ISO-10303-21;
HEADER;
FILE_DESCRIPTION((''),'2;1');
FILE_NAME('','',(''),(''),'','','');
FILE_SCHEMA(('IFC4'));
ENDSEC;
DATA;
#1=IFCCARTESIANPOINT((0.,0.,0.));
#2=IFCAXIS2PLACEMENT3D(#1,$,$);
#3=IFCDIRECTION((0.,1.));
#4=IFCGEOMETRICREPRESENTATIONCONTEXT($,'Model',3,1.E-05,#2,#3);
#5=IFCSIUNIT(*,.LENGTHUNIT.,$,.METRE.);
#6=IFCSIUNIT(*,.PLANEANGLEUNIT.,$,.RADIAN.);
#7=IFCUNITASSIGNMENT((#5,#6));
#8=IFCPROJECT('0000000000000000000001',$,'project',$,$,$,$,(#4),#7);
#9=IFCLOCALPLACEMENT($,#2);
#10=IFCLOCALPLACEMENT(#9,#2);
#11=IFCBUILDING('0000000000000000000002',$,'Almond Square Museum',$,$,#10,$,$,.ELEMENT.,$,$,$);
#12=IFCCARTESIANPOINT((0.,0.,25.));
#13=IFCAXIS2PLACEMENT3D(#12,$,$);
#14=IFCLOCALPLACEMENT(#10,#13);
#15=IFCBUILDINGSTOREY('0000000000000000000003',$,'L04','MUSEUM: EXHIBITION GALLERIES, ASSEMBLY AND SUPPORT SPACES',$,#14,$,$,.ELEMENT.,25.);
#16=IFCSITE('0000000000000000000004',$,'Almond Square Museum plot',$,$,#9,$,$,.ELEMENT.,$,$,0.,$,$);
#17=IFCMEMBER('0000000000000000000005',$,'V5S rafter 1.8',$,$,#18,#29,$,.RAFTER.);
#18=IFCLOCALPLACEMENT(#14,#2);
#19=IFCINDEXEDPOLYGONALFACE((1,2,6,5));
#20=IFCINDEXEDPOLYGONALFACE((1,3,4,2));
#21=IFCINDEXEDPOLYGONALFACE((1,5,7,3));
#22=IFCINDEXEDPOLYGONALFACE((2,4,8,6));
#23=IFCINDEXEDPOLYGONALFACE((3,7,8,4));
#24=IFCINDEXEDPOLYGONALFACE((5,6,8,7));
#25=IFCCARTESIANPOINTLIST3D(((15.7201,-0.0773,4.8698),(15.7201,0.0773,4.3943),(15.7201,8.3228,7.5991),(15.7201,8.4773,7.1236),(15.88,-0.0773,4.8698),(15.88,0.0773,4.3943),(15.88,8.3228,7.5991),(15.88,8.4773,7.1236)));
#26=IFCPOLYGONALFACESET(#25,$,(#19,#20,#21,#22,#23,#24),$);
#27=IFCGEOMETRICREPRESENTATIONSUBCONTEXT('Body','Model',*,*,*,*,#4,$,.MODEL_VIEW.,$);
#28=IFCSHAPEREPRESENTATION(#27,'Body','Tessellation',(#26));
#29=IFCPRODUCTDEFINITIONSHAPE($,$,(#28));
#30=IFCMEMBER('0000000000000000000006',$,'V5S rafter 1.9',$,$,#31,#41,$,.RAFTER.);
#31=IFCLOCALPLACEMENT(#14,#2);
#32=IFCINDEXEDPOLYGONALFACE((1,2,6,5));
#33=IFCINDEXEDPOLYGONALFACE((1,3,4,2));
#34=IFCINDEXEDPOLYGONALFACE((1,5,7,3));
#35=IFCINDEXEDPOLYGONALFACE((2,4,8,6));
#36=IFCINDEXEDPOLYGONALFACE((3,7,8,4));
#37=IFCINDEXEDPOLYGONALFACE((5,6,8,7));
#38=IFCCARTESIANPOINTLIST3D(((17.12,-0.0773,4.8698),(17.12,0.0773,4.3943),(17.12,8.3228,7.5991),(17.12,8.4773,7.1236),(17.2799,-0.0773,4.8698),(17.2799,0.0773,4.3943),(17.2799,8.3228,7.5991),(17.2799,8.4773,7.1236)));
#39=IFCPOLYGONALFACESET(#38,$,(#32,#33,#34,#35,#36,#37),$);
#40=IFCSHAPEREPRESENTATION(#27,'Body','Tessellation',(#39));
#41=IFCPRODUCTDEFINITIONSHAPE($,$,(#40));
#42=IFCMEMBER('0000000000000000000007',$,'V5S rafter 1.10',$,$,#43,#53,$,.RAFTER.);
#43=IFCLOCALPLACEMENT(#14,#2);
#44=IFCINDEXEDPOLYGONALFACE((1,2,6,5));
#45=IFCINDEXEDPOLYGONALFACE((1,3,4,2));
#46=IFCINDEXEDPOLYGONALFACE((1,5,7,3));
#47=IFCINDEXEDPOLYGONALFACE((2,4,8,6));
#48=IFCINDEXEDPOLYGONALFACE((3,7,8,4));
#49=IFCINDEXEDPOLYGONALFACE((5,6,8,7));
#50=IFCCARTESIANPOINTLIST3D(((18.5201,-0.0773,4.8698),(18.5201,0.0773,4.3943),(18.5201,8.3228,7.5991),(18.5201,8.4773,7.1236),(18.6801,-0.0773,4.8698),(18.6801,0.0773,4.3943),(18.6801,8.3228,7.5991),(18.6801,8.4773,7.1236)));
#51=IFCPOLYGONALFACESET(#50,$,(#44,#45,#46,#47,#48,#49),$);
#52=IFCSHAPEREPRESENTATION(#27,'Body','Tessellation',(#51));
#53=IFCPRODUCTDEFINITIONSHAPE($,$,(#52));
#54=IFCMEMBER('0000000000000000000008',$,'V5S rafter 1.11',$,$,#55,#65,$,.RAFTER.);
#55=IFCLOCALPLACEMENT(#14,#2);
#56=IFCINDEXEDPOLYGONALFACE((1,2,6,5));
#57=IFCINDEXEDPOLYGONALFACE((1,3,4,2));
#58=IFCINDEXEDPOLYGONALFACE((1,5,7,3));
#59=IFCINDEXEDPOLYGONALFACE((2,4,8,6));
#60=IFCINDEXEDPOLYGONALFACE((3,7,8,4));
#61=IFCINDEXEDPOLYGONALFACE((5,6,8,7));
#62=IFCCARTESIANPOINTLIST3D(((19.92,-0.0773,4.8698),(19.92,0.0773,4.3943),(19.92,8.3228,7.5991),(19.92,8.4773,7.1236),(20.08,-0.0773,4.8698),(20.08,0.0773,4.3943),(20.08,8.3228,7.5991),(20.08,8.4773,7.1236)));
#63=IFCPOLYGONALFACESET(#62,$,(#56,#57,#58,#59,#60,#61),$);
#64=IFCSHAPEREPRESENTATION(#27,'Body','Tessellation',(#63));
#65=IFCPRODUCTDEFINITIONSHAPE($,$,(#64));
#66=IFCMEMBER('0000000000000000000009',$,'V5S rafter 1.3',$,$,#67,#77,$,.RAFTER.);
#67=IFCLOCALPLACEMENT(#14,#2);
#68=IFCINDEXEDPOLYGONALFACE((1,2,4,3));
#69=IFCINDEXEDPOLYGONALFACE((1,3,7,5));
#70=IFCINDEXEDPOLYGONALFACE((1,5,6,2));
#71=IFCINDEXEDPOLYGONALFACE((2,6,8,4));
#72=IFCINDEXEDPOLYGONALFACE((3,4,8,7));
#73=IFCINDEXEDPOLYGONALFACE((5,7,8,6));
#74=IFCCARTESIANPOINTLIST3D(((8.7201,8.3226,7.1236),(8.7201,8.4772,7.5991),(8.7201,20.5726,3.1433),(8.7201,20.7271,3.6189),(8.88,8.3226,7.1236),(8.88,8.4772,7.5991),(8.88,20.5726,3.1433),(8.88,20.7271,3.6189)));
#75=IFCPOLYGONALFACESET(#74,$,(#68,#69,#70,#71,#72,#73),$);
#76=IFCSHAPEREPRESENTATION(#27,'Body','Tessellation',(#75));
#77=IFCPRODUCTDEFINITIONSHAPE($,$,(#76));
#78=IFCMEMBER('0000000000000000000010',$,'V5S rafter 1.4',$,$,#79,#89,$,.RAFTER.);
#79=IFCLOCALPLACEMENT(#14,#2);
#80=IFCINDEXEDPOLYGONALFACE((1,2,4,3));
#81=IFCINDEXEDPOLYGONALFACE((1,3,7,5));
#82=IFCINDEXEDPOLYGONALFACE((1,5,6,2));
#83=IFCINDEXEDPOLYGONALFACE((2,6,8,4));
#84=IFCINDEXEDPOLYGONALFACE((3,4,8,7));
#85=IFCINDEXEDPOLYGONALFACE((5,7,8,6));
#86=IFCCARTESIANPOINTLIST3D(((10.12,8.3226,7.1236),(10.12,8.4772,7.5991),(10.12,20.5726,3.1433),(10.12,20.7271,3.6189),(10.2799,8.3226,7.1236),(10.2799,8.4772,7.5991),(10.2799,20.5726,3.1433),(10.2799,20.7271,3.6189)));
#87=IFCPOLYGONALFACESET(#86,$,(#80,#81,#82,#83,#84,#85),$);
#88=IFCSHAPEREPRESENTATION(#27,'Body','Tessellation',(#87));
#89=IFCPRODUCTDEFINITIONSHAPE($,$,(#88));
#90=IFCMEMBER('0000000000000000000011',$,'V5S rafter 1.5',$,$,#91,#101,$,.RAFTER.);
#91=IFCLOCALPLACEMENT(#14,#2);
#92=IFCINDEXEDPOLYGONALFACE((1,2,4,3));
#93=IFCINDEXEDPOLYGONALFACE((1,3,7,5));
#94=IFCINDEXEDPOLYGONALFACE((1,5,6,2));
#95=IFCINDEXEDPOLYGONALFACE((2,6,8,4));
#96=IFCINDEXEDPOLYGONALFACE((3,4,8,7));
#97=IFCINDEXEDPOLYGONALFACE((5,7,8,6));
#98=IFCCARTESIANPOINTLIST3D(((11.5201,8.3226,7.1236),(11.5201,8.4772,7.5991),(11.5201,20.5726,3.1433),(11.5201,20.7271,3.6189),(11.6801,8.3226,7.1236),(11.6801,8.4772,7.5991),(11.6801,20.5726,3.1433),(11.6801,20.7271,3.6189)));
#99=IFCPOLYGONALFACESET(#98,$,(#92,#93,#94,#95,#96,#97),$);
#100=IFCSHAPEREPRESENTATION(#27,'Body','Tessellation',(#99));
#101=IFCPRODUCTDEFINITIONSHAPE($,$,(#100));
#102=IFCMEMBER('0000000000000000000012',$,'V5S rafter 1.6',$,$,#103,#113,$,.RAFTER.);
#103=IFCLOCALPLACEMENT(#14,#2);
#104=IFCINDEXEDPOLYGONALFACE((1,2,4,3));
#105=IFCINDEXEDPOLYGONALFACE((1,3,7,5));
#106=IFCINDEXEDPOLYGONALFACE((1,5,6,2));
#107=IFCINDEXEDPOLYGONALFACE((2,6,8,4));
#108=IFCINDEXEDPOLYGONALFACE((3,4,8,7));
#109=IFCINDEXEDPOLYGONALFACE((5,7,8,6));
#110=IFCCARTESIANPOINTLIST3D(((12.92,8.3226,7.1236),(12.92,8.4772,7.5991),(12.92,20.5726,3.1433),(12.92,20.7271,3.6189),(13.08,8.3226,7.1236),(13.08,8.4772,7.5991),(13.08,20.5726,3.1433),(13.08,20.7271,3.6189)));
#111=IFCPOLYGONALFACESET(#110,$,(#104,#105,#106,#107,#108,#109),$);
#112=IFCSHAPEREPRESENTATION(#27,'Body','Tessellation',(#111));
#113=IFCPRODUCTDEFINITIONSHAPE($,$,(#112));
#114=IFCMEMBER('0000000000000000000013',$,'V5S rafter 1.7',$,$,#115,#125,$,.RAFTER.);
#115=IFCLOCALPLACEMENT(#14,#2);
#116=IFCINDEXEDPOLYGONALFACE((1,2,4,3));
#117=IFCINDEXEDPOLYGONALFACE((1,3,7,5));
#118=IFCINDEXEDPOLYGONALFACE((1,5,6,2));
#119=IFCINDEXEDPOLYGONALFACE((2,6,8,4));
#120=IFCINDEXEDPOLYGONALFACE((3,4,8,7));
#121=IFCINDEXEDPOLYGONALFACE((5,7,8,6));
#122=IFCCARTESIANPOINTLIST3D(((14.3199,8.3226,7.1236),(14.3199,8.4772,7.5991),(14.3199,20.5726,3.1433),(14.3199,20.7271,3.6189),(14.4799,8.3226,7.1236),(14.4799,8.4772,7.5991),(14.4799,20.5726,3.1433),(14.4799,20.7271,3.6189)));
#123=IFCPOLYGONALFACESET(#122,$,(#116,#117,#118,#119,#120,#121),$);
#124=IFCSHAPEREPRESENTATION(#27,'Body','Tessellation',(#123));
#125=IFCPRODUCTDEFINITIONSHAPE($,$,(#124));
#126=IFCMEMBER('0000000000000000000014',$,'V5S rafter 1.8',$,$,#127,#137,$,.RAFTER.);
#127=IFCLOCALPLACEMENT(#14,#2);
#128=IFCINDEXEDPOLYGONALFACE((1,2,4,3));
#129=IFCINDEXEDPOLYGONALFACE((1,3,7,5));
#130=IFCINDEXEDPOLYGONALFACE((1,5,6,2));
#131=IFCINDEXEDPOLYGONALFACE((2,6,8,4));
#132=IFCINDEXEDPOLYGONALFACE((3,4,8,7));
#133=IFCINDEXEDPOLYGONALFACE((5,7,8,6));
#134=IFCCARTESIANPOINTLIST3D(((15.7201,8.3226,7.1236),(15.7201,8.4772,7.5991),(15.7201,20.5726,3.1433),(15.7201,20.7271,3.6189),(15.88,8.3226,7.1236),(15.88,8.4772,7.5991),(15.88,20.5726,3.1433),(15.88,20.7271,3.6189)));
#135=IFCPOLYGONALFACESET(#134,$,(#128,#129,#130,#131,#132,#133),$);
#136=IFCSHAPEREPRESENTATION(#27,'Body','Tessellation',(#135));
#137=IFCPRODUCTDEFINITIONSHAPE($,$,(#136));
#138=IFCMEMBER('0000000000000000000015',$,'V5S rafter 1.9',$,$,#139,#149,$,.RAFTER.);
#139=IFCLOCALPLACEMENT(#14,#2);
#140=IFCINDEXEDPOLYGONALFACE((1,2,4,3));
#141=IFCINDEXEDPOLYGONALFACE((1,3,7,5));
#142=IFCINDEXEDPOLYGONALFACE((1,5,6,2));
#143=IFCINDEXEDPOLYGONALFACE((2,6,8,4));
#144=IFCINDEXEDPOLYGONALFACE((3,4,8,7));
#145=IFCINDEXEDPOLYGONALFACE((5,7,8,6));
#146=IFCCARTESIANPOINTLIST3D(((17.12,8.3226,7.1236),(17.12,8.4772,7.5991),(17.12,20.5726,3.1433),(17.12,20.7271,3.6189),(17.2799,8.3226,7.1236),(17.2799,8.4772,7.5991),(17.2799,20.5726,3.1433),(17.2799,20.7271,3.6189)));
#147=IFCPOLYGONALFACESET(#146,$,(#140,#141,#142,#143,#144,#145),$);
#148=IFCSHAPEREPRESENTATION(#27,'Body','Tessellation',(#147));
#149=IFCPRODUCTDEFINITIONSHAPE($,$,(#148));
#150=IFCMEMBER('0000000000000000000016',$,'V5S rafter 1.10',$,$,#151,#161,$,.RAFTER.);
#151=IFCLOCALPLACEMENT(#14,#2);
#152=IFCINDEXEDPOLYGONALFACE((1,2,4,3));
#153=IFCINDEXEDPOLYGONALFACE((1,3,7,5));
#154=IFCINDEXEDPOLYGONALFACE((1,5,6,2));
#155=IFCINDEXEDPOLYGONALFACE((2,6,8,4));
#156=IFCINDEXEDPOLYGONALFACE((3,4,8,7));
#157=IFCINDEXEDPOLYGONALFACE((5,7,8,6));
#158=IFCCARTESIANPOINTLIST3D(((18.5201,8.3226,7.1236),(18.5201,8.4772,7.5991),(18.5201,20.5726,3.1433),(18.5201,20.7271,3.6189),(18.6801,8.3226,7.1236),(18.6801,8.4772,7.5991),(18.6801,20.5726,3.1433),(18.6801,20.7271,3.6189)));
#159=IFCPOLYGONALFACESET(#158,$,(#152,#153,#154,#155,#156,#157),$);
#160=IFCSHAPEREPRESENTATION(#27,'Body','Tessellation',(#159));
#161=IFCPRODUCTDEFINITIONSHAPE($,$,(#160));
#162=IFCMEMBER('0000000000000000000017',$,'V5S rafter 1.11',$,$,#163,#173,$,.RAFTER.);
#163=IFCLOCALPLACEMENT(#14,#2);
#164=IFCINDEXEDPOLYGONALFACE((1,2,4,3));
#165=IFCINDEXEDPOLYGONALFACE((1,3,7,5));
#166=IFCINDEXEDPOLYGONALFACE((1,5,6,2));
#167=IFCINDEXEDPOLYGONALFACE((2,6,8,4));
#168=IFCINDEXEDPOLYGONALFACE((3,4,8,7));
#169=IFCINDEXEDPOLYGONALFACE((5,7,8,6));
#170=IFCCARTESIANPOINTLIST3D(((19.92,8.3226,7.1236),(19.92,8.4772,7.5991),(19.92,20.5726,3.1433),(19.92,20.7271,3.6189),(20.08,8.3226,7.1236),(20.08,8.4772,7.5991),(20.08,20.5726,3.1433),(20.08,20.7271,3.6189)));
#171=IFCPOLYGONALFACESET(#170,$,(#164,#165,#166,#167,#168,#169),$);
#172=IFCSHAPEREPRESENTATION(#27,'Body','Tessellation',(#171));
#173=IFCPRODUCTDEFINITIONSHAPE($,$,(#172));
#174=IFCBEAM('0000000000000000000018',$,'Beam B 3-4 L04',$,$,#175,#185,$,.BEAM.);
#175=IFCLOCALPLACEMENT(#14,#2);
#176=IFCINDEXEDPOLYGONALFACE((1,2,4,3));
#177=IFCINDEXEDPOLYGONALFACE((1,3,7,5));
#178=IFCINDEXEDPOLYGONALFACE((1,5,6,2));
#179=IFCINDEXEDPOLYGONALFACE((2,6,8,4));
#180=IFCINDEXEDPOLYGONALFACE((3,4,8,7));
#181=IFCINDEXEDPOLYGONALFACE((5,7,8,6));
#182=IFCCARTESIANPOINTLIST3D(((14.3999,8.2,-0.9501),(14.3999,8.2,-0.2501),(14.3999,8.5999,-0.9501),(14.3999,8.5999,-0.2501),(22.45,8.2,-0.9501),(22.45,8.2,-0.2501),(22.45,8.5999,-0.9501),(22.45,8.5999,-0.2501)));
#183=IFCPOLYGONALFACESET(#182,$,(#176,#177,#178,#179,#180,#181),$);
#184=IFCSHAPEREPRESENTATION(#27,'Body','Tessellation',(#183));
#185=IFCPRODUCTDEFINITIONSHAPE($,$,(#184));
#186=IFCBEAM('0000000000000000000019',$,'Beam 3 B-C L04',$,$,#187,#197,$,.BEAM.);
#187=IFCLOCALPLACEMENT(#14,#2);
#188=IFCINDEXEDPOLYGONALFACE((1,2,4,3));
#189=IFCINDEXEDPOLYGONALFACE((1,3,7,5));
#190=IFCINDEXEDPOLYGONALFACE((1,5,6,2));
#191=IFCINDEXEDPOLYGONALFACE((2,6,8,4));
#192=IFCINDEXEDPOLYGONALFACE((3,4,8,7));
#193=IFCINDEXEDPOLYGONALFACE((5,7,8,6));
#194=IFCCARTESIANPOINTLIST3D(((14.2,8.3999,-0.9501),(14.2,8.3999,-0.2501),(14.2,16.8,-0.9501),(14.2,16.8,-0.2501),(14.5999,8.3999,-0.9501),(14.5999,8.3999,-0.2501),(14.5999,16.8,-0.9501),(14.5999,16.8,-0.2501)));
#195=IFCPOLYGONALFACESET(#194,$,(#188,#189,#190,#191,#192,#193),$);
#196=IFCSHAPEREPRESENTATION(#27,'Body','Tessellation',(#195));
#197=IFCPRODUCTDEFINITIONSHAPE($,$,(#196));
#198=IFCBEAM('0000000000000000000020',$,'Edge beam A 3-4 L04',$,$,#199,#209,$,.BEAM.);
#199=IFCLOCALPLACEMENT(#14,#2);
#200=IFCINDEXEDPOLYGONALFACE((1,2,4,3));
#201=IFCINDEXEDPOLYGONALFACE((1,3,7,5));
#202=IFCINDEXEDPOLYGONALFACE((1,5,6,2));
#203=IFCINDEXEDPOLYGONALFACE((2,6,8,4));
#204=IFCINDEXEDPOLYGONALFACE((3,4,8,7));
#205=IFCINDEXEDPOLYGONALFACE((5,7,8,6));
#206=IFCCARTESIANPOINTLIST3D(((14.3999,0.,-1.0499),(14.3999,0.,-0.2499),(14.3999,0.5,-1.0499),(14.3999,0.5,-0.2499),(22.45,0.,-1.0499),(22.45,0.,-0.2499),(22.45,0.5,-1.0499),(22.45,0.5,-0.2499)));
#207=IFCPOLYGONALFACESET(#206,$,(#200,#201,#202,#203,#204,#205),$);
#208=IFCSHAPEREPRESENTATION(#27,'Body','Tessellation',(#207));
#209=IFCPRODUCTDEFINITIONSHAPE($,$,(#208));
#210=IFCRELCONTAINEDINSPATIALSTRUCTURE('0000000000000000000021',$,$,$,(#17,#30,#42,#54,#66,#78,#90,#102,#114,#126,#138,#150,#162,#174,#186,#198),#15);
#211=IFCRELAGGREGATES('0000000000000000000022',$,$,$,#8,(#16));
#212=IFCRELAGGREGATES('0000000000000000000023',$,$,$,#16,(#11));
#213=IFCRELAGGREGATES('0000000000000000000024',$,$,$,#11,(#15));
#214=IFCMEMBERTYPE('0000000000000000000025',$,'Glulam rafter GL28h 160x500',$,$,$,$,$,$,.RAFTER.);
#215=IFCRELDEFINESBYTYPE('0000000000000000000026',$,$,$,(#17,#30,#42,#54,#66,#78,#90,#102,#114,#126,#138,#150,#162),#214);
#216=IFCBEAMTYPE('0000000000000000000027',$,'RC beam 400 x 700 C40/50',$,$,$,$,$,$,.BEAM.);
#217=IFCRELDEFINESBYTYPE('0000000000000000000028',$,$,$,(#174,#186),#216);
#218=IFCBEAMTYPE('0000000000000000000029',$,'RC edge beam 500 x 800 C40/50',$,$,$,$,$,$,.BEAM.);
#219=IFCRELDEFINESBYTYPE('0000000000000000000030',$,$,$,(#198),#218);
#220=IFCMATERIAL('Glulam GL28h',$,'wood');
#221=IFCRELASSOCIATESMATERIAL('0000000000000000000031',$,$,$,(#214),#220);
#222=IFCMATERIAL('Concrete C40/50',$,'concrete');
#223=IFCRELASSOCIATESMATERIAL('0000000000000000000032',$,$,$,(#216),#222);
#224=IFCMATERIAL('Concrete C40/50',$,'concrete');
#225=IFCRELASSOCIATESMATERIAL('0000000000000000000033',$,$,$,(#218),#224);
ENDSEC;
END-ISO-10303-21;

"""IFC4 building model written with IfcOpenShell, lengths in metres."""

from ifc_helpers import new_model, si_unit, direction, frame, origin, origin_2d, place, context, subcontext, project, spatial, rectangle, extrude, material, material_profile, profile_set, type_object, element, save


model = new_model("IFC4")

# Units and contexts
model_context = context("Model", 3, precision=1e-05, world=origin(), true_north=direction((0.0, 1.0)))
body_context = subcontext(model_context, "Body", "Model", "MODEL_VIEW")
ifc_project = project(units=[si_unit("LENGTHUNIT", "METRE"), si_unit("PLANEANGLEUNIT", "RADIAN")], contexts=[model_context])

# Site, building, storey
site_placement = place(None, origin())
site = spatial("IfcSite", under=ifc_project, at=site_placement, Name="Almond Square Museum plot", CompositionType="ELEMENT", RefElevation=0.0)
building_placement = place(site_placement, origin())
building = spatial("IfcBuilding", under=site, at=building_placement, Name="Almond Square Museum", CompositionType="ELEMENT")
storey_placement = place(building_placement, frame((0.0, 0.0, 25.0)))
storey = spatial("IfcBuildingStorey", under=building, at=storey_placement, Name="L04", Description="MUSEUM: EXHIBITION GALLERIES, ASSEMBLY AND SUPPORT SPACES", CompositionType="ELEMENT", Elevation=25.0)

# Members
ifc_material_1 = material(Name="Glulam GL28h", Category="wood")
ifc_material_profile_1 = material_profile(ifc_material_1, rectangle(XDim=0.1599, YDim=0.5, at=origin_2d()))
ifc_profile_set_1 = profile_set([ifc_material_profile_1], Name="Glulam GL28h")
member_type = type_object("IfcMemberType", Name="Glulam rafter GL28h 160x500", PredefinedType="RAFTER", material=ifc_profile_set_1)
for number, where, z_axis, x_axis, name in (
    (1, (15.8, 0.0, 4.6321), (0.0, 0.951058, 0.309012), (-1.0, 0.0, 0.0), "V5S rafter 1.8"),
    (2, (17.2, 0.0, 4.6321), (0.0, 0.951058, 0.309012), (-1.0, 0.0, 0.0), "V5S rafter 1.9"),
    (3, (18.6001, 0.0, 4.6321), (0.0, 0.951058, 0.309012), (-1.0, 0.0, 0.0), "V5S rafter 1.10"),
    (4, (20.0, 0.0, 4.6321), (0.0, 0.951058, 0.309012), (-1.0, 0.0, 0.0), "V5S rafter 1.11"),
):
    element("IfcMember", number, at=place(storey_placement, frame(where, z_axis=z_axis, x_axis=x_axis)), inside=storey, type_object=member_type, Name=name, PredefinedType="RAFTER", context=body_context, shape_type="SweptSolid", body=[
        extrude(rectangle(XDim=0.1599, YDim=0.5, at=origin_2d()), origin(), (0.0, 0.0, 1.0), 8.8323),
    ])
for number, where, z_axis, x_axis, name in (
    (5, (8.8, 8.3999, 7.3613), (0.0, 0.951057, -0.309014), (-1.0, 0.0, 0.0), "V5S rafter 1.3"),
    (6, (10.2, 8.3999, 7.3613), (0.0, 0.951057, -0.309014), (-1.0, 0.0, 0.0), "V5S rafter 1.4"),
    (7, (11.6001, 8.3999, 7.3613), (0.0, 0.951057, -0.309014), (-1.0, 0.0, 0.0), "V5S rafter 1.5"),
    (8, (13.0, 8.3999, 7.3613), (0.0, 0.951057, -0.309014), (-1.0, 0.0, 0.0), "V5S rafter 1.6"),
    (9, (14.3999, 8.3999, 7.3613), (0.0, 0.951057, -0.309014), (-1.0, 0.0, 0.0), "V5S rafter 1.7"),
    (10, (15.8, 8.3999, 7.3613), (0.0, 0.951057, -0.309014), (-1.0, 0.0, 0.0), "V5S rafter 1.8"),
    (11, (17.2, 8.3999, 7.3613), (0.0, 0.951057, -0.309014), (-1.0, 0.0, 0.0), "V5S rafter 1.9"),
    (12, (18.6001, 8.3999, 7.3613), (0.0, 0.951057, -0.309014), (-1.0, 0.0, 0.0), "V5S rafter 1.10"),
    (13, (20.0, 8.3999, 7.3613), (0.0, 0.951057, -0.309014), (-1.0, 0.0, 0.0), "V5S rafter 1.11"),
):
    element("IfcMember", number, at=place(storey_placement, frame(where, z_axis=z_axis, x_axis=x_axis)), inside=storey, type_object=member_type, Name=name, PredefinedType="RAFTER", context=body_context, shape_type="SweptSolid", body=[
        extrude(rectangle(XDim=0.1599, YDim=0.5, at=origin_2d()), origin(), (0.0, 0.0, 1.0), 12.8804),
    ])

# Beams
ifc_material_2 = material(Name="Concrete C40/50", Category="concrete")
ifc_material_profile_2 = material_profile(ifc_material_2, rectangle(XDim=0.3999, YDim=0.7, at=origin_2d()))
ifc_profile_set_2 = profile_set([ifc_material_profile_2], Name="Concrete C40/50")
beam_type_1 = type_object("IfcBeamType", Name="RC beam 400 x 700 C40/50", PredefinedType="BEAM", material=ifc_profile_set_2)
beam_1_placement = place(storey_placement, frame((14.3999, 8.3999, -0.6001), z_axis=(1.0, 0.0, 0.0), x_axis=(0.0, 1.0, 0.0)))
element("IfcBeam", 14, at=beam_1_placement, inside=storey, type_object=beam_type_1, Name="Beam B 3-4 L04", PredefinedType="BEAM", context=body_context, shape_type="SweptSolid", body=[
    extrude(rectangle(XDim=0.3999, YDim=0.7, at=origin_2d()), origin(), (0.0, 0.0, 1.0), 8.05),
])
beam_2_placement = place(storey_placement, frame((14.3999, 8.3999, -0.6001), z_axis=(0.0, 1.0, 0.0), x_axis=(-1.0, 0.0, 0.0)))
element("IfcBeam", 15, at=beam_2_placement, inside=storey, type_object=beam_type_1, Name="Beam 3 B-C L04", PredefinedType="BEAM", context=body_context, shape_type="SweptSolid", body=[
    extrude(rectangle(XDim=0.3999, YDim=0.7, at=origin_2d()), origin(), (0.0, 0.0, 1.0), 8.4001),
])
ifc_material_3 = material(Name="Concrete C40/50", Category="concrete")
ifc_material_profile_3 = material_profile(ifc_material_3, rectangle(XDim=0.5, YDim=0.8, at=origin_2d()))
ifc_profile_set_3 = profile_set([ifc_material_profile_3], Name="Concrete C40/50")
beam_type_2 = type_object("IfcBeamType", Name="RC edge beam 500 x 800 C40/50", PredefinedType="BEAM", material=ifc_profile_set_3)
beam_3_placement = place(storey_placement, frame((14.3999, 0.25, -0.6499), z_axis=(1.0, 0.0, 0.0), x_axis=(0.0, 1.0, 0.0)))
element("IfcBeam", 16, at=beam_3_placement, inside=storey, type_object=beam_type_2, Name="Edge beam A 3-4 L04", PredefinedType="BEAM", context=body_context, shape_type="SweptSolid", body=[
    extrude(rectangle(XDim=0.5, YDim=0.8, at=origin_2d()), origin(), (0.0, 0.0, 1.0), 8.05),
])

save(model, "model.ifc")
